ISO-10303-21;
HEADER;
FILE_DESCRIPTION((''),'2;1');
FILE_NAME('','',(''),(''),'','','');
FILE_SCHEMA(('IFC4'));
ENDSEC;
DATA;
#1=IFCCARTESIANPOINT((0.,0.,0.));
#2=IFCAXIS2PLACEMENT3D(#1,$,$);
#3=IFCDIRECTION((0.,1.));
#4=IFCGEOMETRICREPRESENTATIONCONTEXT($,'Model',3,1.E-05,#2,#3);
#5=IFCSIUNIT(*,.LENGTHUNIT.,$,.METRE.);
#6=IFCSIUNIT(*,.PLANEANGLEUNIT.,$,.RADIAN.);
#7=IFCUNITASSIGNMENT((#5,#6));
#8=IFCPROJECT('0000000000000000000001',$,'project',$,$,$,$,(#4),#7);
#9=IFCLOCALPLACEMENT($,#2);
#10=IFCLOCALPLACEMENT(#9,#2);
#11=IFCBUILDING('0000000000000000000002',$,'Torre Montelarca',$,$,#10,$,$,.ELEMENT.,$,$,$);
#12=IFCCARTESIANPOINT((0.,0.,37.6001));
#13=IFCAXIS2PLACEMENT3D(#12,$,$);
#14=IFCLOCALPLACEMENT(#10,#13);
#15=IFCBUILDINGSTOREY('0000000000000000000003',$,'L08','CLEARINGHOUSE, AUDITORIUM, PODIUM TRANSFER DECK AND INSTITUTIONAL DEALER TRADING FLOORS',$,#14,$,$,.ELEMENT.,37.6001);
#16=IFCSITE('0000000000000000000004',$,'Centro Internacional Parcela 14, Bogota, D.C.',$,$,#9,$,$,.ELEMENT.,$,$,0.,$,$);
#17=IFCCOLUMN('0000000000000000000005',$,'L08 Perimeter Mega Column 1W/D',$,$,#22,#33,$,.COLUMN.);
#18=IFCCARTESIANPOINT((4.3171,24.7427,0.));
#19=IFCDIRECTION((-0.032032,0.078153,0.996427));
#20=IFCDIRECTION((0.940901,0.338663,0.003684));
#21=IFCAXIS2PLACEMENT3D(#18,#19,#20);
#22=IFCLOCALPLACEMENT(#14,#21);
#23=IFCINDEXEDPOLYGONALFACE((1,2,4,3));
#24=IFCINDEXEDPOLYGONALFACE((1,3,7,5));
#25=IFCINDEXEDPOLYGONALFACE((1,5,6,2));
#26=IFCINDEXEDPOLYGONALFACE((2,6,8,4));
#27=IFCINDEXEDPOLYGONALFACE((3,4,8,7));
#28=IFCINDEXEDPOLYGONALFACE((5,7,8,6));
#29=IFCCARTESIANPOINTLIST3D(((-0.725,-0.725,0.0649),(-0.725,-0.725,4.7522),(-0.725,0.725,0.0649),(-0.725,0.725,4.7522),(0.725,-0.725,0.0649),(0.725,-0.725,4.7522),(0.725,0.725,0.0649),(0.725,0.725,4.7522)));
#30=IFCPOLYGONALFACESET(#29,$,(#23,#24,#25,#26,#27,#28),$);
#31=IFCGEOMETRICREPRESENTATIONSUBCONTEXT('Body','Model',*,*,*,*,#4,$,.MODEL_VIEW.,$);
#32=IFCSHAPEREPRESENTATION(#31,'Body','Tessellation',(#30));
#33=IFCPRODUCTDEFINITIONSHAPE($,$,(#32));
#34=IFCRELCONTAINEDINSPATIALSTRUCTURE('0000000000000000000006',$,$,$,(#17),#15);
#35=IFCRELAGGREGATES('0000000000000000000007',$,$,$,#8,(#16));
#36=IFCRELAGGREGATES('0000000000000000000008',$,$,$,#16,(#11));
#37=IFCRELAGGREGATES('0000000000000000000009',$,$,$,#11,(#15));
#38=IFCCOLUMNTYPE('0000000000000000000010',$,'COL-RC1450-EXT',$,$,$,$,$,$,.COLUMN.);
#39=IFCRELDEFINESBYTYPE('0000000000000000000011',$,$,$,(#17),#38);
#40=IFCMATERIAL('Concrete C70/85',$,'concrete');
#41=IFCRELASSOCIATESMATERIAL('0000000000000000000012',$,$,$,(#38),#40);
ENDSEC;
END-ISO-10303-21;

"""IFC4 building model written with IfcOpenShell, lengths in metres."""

from ifc_helpers import new_model, si_unit, direction, frame, origin, origin_2d, place, context, subcontext, project, spatial, rectangle, extrude, clip, halfspace, material, material_profile, profile_set, type_object, element, save


model = new_model("IFC4")

# Units and contexts
model_context = context("Model", 3, precision=1e-05, world=origin(), true_north=direction((0.0, 1.0)))
body_context = subcontext(model_context, "Body", "Model", "MODEL_VIEW")
ifc_project = project(units=[si_unit("LENGTHUNIT", "METRE"), si_unit("PLANEANGLEUNIT", "RADIAN")], contexts=[model_context])

# Site, building, storey
site_placement = place(None, origin())
site = spatial("IfcSite", under=ifc_project, at=site_placement, Name="Centro Internacional Parcela 14, Bogota, D.C.", CompositionType="ELEMENT", RefElevation=0.0)
building_placement = place(site_placement, origin())
building = spatial("IfcBuilding", under=site, at=building_placement, Name="Torre Montelarca", CompositionType="ELEMENT")
storey_placement = place(building_placement, frame((0.0, 0.0, 37.6001)))
storey = spatial("IfcBuildingStorey", under=building, at=storey_placement, Name="L08", Description="CLEARINGHOUSE, AUDITORIUM, PODIUM TRANSFER DECK AND INSTITUTIONAL DEALER TRADING FLOORS", CompositionType="ELEMENT", Elevation=37.6001)

# Column
ifc_material_1 = material(Name="Concrete C70/85", Category="concrete")
ifc_material_profile_1 = material_profile(ifc_material_1, rectangle(XDim=1.45, YDim=1.45, at=origin_2d()), Name="RC1450X1450", Category="concrete")
ifc_profile_set_1 = profile_set([ifc_material_profile_1], Name="Concrete C70/85")
column_type = type_object("IfcColumnType", Name="COL-RC1450-EXT", PredefinedType="COLUMN", material=ifc_profile_set_1)
column_placement = place(storey_placement, frame((4.3171, 24.7427, 0.0), z_axis=(-0.032032, 0.078153, 0.996427), x_axis=(0.940901, 0.338663, 0.003684)))
element("IfcColumn", 1, at=column_placement, inside=storey, type_object=column_type, Name="L08 Perimeter Mega Column 1W/D", PredefinedType="COLUMN", context=body_context, shape_type="Clipping", body=[
    clip(clip(extrude(rectangle(XDim=1.45, YDim=1.45, at=origin_2d()), origin(), (0.0, 0.0, 1.0), 4.8171), halfspace(frame((0.0, 0.0, 0.0649), z_axis=(0.0, 0.0, -1.0), x_axis=(1.0, 0.0, 0.0)), False)), halfspace(frame((0.0, 0.0, 4.7522), z_axis=(0.0, 0.0, 1.0), x_axis=(1.0, 0.0, 0.0)), False)),
])

save(model, "model.ifc")
